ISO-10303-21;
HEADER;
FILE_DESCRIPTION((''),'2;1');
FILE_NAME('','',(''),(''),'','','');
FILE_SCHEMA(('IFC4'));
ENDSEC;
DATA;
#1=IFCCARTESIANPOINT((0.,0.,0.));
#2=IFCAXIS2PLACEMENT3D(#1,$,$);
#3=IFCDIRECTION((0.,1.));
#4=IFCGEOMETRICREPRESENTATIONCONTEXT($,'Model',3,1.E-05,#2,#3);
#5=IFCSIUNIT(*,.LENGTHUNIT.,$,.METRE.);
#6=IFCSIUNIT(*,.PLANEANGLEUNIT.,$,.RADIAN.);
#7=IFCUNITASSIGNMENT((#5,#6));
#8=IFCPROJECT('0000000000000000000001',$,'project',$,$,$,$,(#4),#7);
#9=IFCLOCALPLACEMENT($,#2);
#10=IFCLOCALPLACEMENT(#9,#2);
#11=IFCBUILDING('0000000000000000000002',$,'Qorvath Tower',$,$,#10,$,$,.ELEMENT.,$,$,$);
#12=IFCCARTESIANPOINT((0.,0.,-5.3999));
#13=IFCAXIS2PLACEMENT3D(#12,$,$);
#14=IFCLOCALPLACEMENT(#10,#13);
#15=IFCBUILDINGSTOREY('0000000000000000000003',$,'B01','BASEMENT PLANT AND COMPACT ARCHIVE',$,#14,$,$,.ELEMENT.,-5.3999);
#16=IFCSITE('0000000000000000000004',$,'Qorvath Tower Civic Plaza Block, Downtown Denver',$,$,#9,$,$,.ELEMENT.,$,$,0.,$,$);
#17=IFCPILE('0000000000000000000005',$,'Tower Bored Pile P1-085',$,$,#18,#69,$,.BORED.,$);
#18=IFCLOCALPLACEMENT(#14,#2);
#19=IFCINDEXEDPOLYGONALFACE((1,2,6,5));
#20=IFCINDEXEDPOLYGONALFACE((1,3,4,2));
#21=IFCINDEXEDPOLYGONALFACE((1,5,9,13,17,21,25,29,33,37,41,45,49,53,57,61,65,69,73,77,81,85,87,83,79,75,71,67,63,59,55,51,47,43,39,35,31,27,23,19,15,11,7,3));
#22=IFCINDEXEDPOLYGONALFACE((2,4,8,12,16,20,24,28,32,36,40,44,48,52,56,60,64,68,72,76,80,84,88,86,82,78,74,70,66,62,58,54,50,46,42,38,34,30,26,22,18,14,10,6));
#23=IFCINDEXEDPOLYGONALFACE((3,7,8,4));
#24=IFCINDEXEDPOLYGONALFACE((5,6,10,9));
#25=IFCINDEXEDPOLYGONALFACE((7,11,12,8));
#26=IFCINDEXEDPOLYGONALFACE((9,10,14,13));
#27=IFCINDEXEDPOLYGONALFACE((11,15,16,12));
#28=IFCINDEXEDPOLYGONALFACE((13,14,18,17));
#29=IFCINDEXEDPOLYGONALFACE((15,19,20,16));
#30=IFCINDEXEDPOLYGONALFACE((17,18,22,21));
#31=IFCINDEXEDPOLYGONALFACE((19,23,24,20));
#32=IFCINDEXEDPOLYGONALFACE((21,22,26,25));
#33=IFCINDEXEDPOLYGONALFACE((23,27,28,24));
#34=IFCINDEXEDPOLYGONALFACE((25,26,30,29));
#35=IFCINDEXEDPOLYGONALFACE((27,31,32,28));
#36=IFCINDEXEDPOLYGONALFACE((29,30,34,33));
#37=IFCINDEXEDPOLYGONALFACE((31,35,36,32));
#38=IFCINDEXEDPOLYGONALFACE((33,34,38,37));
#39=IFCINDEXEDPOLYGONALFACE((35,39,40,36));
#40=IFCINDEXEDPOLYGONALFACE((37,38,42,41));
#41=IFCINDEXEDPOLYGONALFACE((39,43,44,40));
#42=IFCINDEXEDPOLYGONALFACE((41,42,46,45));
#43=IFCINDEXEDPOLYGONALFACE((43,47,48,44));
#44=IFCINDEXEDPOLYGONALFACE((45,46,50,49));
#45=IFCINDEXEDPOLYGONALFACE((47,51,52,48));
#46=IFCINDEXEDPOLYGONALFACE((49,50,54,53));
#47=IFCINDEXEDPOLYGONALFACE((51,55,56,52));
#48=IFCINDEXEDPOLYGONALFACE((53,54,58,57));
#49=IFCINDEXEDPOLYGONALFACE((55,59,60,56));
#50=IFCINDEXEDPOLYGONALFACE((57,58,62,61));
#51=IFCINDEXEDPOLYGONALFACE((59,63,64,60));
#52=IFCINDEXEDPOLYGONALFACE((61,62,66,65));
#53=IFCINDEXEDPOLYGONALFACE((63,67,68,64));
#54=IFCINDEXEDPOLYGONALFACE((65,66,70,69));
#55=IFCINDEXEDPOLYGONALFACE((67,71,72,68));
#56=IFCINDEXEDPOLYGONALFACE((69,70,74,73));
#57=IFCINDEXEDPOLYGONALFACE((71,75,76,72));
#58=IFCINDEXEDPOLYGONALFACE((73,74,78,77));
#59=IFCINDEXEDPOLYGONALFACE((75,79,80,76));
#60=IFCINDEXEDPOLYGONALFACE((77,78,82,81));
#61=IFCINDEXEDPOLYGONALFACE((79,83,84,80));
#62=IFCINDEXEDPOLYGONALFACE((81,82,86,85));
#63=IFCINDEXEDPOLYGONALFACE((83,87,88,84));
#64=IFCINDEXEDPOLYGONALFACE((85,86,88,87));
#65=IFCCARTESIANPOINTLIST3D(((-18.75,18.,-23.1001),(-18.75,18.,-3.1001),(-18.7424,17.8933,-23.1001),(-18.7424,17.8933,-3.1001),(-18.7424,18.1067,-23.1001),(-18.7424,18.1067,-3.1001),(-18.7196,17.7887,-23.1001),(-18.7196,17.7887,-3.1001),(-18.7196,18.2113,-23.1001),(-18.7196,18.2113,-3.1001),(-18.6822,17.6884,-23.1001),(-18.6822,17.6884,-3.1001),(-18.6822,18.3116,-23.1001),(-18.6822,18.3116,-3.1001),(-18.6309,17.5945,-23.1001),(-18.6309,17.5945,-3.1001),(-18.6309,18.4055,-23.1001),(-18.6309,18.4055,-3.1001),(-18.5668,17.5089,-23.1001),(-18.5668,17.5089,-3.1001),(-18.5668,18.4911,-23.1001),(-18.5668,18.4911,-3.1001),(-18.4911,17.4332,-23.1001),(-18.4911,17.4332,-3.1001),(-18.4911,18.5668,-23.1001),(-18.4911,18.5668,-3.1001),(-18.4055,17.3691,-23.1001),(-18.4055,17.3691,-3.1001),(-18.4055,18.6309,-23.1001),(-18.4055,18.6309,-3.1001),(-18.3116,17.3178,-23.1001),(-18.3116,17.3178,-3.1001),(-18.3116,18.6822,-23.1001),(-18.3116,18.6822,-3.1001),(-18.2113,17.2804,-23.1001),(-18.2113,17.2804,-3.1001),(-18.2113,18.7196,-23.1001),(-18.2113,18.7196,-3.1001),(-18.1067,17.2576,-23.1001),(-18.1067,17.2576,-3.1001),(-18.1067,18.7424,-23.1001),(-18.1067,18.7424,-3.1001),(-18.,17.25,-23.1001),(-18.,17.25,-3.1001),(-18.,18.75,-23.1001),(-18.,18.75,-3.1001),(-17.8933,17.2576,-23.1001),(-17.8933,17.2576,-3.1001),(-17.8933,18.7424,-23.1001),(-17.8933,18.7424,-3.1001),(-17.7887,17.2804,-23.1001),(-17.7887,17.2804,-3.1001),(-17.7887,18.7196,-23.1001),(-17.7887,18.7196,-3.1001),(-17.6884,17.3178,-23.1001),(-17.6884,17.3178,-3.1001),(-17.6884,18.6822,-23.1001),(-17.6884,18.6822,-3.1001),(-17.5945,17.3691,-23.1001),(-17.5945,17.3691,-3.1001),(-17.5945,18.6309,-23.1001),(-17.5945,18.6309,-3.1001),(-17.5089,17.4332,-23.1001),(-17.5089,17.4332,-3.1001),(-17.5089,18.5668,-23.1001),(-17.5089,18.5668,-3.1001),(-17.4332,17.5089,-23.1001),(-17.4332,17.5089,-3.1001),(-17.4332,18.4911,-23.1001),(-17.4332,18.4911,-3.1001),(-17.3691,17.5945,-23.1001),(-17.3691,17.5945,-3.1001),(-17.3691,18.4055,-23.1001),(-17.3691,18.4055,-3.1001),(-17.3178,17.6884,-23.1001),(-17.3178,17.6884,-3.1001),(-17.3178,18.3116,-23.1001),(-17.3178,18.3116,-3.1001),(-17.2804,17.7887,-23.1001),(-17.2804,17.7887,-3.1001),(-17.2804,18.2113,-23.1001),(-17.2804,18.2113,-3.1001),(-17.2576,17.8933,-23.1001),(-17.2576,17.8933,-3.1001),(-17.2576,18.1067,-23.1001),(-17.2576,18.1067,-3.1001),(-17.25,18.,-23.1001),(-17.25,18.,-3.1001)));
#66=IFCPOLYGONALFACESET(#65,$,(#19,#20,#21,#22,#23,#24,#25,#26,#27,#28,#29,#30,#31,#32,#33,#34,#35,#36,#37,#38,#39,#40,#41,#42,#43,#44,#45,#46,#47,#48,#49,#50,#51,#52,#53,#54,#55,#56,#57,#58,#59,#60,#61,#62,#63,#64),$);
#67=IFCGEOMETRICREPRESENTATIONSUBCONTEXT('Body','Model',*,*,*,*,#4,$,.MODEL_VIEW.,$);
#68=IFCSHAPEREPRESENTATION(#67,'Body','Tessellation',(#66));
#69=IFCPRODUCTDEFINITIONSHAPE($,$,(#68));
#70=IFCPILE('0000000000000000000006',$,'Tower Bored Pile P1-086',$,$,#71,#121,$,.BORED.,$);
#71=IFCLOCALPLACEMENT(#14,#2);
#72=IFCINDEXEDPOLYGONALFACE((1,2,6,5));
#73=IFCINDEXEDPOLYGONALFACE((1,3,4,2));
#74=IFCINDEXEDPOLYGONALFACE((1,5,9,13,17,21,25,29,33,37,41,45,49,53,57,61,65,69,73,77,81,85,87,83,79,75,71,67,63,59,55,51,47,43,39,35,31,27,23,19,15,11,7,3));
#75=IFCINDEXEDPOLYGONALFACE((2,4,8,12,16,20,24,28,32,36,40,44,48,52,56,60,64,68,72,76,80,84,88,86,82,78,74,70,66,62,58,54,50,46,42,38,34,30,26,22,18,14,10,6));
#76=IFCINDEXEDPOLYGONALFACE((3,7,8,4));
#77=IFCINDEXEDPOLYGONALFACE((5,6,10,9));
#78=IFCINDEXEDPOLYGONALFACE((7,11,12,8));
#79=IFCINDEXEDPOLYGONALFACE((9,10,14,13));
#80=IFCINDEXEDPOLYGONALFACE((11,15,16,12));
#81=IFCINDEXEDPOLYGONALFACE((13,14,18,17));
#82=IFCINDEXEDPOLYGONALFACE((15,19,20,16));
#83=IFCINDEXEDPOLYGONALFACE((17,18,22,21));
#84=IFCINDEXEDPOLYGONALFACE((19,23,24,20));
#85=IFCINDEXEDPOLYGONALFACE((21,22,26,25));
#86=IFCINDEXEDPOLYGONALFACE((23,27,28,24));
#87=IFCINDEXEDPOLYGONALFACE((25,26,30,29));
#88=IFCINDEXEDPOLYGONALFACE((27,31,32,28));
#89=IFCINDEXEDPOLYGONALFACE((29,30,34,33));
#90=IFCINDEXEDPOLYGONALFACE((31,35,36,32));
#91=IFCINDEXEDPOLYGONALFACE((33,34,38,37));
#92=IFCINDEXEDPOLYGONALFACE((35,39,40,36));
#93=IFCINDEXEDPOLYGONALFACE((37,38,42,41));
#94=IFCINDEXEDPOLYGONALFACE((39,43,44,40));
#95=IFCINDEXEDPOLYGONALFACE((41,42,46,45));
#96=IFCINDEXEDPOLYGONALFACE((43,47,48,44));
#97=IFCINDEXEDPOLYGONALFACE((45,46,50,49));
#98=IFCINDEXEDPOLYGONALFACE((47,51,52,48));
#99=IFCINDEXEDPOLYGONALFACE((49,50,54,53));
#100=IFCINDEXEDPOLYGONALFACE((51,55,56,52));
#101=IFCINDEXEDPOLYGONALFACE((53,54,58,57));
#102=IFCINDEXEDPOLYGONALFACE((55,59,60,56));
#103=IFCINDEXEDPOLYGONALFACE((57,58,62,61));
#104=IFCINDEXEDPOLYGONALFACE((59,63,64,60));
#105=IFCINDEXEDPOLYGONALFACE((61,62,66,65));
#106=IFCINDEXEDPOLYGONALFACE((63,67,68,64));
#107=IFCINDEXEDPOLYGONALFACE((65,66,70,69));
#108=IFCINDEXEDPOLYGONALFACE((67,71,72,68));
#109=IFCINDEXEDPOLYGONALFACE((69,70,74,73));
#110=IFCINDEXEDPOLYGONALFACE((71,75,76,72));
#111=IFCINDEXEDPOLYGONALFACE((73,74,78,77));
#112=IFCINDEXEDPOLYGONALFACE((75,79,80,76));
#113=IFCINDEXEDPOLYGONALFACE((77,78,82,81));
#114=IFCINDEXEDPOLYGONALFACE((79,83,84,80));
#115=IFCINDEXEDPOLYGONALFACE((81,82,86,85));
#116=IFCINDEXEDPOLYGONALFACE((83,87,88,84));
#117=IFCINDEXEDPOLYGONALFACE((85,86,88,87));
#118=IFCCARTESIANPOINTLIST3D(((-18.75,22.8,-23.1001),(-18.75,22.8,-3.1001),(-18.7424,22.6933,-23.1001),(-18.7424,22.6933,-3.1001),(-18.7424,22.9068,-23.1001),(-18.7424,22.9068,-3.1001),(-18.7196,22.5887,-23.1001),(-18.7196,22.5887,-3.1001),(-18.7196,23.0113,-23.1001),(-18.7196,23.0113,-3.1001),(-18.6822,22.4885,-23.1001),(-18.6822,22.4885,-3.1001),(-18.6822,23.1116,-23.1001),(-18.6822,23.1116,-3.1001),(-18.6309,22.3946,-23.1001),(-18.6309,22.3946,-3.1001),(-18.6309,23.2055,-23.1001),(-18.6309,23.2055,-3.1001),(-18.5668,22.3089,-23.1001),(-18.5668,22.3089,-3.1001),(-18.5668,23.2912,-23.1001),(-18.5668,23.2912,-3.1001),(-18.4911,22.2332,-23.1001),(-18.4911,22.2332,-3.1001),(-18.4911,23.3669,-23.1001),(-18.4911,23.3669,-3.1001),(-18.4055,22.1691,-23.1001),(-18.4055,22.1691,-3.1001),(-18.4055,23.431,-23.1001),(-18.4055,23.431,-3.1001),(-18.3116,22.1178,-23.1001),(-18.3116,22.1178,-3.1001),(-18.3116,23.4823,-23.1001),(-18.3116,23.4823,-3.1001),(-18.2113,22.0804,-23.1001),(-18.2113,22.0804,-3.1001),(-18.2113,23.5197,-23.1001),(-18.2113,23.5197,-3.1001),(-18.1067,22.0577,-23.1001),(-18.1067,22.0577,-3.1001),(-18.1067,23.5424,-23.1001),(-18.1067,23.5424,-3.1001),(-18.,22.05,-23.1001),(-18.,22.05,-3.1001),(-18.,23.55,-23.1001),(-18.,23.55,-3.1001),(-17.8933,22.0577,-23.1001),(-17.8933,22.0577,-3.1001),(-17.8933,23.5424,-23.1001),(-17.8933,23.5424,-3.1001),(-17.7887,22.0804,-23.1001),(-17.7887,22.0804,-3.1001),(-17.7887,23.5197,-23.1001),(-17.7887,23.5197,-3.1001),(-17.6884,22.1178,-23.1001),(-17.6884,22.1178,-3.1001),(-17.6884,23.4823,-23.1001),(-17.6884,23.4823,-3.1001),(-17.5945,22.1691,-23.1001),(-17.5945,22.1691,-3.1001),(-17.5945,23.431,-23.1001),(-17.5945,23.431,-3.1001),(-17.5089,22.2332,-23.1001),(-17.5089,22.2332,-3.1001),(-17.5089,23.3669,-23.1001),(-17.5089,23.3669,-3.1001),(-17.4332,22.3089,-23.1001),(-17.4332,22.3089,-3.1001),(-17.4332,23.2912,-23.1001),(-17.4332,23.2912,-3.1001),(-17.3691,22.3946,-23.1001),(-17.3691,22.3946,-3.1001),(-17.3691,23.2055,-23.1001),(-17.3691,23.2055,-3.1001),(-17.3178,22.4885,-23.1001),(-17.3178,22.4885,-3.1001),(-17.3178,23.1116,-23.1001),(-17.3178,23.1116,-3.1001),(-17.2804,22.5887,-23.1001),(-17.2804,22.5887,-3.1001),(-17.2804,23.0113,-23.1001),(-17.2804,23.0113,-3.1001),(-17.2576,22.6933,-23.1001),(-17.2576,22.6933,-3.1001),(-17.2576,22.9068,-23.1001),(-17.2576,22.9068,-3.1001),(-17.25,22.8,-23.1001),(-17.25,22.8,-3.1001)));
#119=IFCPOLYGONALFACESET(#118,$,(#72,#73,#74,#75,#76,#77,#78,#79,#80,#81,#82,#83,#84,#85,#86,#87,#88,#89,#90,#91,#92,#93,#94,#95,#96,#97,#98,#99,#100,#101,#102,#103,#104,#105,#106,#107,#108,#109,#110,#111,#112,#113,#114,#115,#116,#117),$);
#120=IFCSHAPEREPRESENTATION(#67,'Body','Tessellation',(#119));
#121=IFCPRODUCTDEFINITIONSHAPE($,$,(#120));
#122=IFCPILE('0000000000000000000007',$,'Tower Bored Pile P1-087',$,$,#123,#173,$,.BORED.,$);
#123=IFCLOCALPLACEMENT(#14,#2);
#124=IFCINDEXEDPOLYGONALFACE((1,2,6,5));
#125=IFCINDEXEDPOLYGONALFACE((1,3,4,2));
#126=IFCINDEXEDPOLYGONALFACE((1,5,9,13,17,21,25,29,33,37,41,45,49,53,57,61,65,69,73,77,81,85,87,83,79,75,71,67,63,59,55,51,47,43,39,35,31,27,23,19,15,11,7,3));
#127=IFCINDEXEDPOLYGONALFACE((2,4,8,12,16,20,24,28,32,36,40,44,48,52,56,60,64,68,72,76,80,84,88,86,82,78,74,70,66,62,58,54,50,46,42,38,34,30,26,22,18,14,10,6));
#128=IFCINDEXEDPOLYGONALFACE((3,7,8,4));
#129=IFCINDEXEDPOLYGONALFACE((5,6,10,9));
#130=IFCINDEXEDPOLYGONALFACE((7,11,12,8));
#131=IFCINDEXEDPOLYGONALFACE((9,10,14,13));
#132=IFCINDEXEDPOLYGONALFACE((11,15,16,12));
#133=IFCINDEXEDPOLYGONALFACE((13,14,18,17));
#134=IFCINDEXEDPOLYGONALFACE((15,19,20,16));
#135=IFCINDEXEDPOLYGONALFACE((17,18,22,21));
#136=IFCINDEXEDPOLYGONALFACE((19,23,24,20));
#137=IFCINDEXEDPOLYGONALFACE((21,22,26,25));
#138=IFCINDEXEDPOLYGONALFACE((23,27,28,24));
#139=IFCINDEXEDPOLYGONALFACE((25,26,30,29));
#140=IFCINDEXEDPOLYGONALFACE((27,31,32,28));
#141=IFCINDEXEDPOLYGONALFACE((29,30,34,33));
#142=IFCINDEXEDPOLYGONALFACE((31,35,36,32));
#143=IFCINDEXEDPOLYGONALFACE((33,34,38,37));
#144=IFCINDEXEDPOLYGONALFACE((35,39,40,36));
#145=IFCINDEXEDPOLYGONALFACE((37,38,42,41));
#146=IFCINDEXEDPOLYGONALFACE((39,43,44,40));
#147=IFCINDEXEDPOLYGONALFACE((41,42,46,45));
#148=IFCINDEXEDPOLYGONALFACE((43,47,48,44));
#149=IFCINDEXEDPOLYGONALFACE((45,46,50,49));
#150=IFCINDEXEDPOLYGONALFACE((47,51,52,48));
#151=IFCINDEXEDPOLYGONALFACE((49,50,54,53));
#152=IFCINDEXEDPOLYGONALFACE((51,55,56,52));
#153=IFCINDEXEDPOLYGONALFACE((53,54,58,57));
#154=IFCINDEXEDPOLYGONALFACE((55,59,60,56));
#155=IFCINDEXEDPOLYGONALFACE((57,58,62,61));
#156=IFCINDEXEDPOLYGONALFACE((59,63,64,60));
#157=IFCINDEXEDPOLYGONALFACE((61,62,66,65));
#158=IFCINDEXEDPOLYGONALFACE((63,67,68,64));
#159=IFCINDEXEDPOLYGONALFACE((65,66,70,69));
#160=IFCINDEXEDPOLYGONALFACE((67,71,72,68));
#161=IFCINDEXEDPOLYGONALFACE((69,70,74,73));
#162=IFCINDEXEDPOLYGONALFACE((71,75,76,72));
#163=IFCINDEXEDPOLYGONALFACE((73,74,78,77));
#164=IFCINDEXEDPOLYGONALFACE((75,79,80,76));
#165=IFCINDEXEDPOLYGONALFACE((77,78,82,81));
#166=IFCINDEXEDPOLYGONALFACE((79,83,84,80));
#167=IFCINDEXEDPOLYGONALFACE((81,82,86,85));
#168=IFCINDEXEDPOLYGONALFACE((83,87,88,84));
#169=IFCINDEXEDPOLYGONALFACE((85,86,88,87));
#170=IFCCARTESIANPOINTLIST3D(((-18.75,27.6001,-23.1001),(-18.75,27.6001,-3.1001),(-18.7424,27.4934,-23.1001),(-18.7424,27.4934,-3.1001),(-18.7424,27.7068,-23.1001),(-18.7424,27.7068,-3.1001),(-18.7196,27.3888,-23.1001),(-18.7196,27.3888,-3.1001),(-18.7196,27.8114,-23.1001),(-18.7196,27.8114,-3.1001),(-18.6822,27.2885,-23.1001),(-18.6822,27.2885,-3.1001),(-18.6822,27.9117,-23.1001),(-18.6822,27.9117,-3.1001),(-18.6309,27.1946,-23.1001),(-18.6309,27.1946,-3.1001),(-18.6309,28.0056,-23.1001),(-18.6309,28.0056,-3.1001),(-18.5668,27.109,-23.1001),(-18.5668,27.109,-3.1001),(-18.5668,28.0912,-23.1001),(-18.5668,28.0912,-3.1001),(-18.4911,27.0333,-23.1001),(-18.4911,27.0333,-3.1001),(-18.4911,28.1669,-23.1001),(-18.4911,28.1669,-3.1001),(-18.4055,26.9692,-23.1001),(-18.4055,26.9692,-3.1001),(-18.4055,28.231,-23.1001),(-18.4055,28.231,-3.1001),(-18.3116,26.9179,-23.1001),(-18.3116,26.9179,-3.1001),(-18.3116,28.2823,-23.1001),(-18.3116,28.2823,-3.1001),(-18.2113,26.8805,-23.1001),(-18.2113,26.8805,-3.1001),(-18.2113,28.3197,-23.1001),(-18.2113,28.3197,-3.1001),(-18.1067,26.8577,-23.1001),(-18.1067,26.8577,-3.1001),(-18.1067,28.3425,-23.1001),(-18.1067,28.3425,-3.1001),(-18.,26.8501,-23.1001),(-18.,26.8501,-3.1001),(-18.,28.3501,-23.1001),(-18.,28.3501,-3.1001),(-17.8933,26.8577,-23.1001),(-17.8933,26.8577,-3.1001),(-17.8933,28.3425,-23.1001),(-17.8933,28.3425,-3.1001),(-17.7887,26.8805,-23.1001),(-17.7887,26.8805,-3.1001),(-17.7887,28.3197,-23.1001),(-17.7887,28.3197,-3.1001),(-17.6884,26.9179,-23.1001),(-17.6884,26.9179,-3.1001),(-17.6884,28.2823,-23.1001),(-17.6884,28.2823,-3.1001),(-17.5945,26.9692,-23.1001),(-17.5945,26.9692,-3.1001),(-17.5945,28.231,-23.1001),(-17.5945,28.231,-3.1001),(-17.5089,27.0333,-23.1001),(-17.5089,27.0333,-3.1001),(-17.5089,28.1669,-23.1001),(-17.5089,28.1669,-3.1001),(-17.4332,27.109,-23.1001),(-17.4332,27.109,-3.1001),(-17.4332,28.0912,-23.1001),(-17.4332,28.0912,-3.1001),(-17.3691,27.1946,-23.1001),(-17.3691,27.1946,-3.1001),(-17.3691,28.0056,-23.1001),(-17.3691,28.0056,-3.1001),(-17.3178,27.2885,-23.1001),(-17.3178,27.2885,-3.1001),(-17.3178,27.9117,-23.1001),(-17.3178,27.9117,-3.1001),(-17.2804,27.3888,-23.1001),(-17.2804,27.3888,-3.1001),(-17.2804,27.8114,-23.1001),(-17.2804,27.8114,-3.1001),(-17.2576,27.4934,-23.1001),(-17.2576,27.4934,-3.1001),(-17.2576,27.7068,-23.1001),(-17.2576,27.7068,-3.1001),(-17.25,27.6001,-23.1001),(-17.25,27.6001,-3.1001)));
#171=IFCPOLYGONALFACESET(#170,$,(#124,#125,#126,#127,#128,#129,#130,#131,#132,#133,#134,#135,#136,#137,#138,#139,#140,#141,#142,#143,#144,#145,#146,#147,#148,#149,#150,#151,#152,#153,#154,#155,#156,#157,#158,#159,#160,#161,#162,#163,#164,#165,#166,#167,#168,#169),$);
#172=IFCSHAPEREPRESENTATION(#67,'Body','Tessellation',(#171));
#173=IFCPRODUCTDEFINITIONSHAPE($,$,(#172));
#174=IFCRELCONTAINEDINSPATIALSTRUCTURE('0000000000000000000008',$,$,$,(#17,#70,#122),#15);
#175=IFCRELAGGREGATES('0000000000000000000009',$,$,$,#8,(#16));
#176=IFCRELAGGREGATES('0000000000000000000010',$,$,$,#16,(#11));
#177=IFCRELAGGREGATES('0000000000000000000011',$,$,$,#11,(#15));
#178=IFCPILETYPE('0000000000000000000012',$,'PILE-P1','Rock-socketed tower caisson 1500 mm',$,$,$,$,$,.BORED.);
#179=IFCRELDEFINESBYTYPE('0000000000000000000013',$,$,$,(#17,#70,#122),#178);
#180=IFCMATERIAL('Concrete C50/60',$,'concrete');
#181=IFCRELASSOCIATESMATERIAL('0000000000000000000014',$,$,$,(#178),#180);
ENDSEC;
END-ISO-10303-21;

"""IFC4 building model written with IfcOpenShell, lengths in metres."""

from ifc_helpers import new_model, si_unit, direction, frame, origin, origin_2d, place, context, subcontext, project, spatial, circle, extrude, material, material_profile, profile_set, type_object, element, save


model = new_model("IFC4")

# Units and contexts
model_context = context("Model", 3, precision=1e-05, world=origin(), true_north=direction((0.0, 1.0)))
body_context = subcontext(model_context, "Body", "Model", "MODEL_VIEW")
ifc_project = project(units=[si_unit("LENGTHUNIT", "METRE"), si_unit("PLANEANGLEUNIT", "RADIAN")], contexts=[model_context])

# Site, building, storey
site_placement = place(None, origin())
site = spatial("IfcSite", under=ifc_project, at=site_placement, Name="Qorvath Tower Civic Plaza Block, Downtown Denver", CompositionType="ELEMENT", RefElevation=0.0)
building_placement = place(site_placement, origin())
building = spatial("IfcBuilding", under=site, at=building_placement, Name="Qorvath Tower", CompositionType="ELEMENT")
storey_placement = place(building_placement, frame((0.0, 0.0, -5.3999)))
storey = spatial("IfcBuildingStorey", under=building, at=storey_placement, Name="B01", Description="BASEMENT PLANT AND COMPACT ARCHIVE", CompositionType="ELEMENT", Elevation=-5.3999)

# Piles
ifc_material_1 = material(Name="Concrete C50/60", Category="concrete")
ifc_material_profile_1 = material_profile(ifc_material_1, circle(Radius=0.75, at=origin_2d()), Name="BORED PILE 1500")
ifc_profile_set_1 = profile_set([ifc_material_profile_1], Name="Concrete C50/60")
pile_type = type_object("IfcPileType", Name="PILE-P1", Description="Rock-socketed tower caisson 1500 mm", PredefinedType="BORED", material=ifc_profile_set_1)
for number, where, z_axis, x_axis, name in (
    (1, (-18.0, 18.0, -3.1001), (0.0, 0.0, -1.0), (1.0, 0.0, 0.0), "Tower Bored Pile P1-085"),
    (2, (-18.0, 22.8, -3.1001), (0.0, 0.0, -1.0), (1.0, 0.0, 0.0), "Tower Bored Pile P1-086"),
    (3, (-18.0, 27.6001, -3.1001), (0.0, 0.0, -1.0), (1.0, 0.0, 0.0), "Tower Bored Pile P1-087"),
):
    element("IfcPile", number, at=place(storey_placement, frame(where, z_axis=z_axis, x_axis=x_axis)), inside=storey, type_object=pile_type, Name=name, PredefinedType="BORED", context=body_context, shape_type="SweptSolid", body=[
        extrude(circle(Radius=0.75, at=origin_2d()), origin(), (0.0, 0.0, 1.0), 20.0),
    ])

save(model, "model.ifc")
